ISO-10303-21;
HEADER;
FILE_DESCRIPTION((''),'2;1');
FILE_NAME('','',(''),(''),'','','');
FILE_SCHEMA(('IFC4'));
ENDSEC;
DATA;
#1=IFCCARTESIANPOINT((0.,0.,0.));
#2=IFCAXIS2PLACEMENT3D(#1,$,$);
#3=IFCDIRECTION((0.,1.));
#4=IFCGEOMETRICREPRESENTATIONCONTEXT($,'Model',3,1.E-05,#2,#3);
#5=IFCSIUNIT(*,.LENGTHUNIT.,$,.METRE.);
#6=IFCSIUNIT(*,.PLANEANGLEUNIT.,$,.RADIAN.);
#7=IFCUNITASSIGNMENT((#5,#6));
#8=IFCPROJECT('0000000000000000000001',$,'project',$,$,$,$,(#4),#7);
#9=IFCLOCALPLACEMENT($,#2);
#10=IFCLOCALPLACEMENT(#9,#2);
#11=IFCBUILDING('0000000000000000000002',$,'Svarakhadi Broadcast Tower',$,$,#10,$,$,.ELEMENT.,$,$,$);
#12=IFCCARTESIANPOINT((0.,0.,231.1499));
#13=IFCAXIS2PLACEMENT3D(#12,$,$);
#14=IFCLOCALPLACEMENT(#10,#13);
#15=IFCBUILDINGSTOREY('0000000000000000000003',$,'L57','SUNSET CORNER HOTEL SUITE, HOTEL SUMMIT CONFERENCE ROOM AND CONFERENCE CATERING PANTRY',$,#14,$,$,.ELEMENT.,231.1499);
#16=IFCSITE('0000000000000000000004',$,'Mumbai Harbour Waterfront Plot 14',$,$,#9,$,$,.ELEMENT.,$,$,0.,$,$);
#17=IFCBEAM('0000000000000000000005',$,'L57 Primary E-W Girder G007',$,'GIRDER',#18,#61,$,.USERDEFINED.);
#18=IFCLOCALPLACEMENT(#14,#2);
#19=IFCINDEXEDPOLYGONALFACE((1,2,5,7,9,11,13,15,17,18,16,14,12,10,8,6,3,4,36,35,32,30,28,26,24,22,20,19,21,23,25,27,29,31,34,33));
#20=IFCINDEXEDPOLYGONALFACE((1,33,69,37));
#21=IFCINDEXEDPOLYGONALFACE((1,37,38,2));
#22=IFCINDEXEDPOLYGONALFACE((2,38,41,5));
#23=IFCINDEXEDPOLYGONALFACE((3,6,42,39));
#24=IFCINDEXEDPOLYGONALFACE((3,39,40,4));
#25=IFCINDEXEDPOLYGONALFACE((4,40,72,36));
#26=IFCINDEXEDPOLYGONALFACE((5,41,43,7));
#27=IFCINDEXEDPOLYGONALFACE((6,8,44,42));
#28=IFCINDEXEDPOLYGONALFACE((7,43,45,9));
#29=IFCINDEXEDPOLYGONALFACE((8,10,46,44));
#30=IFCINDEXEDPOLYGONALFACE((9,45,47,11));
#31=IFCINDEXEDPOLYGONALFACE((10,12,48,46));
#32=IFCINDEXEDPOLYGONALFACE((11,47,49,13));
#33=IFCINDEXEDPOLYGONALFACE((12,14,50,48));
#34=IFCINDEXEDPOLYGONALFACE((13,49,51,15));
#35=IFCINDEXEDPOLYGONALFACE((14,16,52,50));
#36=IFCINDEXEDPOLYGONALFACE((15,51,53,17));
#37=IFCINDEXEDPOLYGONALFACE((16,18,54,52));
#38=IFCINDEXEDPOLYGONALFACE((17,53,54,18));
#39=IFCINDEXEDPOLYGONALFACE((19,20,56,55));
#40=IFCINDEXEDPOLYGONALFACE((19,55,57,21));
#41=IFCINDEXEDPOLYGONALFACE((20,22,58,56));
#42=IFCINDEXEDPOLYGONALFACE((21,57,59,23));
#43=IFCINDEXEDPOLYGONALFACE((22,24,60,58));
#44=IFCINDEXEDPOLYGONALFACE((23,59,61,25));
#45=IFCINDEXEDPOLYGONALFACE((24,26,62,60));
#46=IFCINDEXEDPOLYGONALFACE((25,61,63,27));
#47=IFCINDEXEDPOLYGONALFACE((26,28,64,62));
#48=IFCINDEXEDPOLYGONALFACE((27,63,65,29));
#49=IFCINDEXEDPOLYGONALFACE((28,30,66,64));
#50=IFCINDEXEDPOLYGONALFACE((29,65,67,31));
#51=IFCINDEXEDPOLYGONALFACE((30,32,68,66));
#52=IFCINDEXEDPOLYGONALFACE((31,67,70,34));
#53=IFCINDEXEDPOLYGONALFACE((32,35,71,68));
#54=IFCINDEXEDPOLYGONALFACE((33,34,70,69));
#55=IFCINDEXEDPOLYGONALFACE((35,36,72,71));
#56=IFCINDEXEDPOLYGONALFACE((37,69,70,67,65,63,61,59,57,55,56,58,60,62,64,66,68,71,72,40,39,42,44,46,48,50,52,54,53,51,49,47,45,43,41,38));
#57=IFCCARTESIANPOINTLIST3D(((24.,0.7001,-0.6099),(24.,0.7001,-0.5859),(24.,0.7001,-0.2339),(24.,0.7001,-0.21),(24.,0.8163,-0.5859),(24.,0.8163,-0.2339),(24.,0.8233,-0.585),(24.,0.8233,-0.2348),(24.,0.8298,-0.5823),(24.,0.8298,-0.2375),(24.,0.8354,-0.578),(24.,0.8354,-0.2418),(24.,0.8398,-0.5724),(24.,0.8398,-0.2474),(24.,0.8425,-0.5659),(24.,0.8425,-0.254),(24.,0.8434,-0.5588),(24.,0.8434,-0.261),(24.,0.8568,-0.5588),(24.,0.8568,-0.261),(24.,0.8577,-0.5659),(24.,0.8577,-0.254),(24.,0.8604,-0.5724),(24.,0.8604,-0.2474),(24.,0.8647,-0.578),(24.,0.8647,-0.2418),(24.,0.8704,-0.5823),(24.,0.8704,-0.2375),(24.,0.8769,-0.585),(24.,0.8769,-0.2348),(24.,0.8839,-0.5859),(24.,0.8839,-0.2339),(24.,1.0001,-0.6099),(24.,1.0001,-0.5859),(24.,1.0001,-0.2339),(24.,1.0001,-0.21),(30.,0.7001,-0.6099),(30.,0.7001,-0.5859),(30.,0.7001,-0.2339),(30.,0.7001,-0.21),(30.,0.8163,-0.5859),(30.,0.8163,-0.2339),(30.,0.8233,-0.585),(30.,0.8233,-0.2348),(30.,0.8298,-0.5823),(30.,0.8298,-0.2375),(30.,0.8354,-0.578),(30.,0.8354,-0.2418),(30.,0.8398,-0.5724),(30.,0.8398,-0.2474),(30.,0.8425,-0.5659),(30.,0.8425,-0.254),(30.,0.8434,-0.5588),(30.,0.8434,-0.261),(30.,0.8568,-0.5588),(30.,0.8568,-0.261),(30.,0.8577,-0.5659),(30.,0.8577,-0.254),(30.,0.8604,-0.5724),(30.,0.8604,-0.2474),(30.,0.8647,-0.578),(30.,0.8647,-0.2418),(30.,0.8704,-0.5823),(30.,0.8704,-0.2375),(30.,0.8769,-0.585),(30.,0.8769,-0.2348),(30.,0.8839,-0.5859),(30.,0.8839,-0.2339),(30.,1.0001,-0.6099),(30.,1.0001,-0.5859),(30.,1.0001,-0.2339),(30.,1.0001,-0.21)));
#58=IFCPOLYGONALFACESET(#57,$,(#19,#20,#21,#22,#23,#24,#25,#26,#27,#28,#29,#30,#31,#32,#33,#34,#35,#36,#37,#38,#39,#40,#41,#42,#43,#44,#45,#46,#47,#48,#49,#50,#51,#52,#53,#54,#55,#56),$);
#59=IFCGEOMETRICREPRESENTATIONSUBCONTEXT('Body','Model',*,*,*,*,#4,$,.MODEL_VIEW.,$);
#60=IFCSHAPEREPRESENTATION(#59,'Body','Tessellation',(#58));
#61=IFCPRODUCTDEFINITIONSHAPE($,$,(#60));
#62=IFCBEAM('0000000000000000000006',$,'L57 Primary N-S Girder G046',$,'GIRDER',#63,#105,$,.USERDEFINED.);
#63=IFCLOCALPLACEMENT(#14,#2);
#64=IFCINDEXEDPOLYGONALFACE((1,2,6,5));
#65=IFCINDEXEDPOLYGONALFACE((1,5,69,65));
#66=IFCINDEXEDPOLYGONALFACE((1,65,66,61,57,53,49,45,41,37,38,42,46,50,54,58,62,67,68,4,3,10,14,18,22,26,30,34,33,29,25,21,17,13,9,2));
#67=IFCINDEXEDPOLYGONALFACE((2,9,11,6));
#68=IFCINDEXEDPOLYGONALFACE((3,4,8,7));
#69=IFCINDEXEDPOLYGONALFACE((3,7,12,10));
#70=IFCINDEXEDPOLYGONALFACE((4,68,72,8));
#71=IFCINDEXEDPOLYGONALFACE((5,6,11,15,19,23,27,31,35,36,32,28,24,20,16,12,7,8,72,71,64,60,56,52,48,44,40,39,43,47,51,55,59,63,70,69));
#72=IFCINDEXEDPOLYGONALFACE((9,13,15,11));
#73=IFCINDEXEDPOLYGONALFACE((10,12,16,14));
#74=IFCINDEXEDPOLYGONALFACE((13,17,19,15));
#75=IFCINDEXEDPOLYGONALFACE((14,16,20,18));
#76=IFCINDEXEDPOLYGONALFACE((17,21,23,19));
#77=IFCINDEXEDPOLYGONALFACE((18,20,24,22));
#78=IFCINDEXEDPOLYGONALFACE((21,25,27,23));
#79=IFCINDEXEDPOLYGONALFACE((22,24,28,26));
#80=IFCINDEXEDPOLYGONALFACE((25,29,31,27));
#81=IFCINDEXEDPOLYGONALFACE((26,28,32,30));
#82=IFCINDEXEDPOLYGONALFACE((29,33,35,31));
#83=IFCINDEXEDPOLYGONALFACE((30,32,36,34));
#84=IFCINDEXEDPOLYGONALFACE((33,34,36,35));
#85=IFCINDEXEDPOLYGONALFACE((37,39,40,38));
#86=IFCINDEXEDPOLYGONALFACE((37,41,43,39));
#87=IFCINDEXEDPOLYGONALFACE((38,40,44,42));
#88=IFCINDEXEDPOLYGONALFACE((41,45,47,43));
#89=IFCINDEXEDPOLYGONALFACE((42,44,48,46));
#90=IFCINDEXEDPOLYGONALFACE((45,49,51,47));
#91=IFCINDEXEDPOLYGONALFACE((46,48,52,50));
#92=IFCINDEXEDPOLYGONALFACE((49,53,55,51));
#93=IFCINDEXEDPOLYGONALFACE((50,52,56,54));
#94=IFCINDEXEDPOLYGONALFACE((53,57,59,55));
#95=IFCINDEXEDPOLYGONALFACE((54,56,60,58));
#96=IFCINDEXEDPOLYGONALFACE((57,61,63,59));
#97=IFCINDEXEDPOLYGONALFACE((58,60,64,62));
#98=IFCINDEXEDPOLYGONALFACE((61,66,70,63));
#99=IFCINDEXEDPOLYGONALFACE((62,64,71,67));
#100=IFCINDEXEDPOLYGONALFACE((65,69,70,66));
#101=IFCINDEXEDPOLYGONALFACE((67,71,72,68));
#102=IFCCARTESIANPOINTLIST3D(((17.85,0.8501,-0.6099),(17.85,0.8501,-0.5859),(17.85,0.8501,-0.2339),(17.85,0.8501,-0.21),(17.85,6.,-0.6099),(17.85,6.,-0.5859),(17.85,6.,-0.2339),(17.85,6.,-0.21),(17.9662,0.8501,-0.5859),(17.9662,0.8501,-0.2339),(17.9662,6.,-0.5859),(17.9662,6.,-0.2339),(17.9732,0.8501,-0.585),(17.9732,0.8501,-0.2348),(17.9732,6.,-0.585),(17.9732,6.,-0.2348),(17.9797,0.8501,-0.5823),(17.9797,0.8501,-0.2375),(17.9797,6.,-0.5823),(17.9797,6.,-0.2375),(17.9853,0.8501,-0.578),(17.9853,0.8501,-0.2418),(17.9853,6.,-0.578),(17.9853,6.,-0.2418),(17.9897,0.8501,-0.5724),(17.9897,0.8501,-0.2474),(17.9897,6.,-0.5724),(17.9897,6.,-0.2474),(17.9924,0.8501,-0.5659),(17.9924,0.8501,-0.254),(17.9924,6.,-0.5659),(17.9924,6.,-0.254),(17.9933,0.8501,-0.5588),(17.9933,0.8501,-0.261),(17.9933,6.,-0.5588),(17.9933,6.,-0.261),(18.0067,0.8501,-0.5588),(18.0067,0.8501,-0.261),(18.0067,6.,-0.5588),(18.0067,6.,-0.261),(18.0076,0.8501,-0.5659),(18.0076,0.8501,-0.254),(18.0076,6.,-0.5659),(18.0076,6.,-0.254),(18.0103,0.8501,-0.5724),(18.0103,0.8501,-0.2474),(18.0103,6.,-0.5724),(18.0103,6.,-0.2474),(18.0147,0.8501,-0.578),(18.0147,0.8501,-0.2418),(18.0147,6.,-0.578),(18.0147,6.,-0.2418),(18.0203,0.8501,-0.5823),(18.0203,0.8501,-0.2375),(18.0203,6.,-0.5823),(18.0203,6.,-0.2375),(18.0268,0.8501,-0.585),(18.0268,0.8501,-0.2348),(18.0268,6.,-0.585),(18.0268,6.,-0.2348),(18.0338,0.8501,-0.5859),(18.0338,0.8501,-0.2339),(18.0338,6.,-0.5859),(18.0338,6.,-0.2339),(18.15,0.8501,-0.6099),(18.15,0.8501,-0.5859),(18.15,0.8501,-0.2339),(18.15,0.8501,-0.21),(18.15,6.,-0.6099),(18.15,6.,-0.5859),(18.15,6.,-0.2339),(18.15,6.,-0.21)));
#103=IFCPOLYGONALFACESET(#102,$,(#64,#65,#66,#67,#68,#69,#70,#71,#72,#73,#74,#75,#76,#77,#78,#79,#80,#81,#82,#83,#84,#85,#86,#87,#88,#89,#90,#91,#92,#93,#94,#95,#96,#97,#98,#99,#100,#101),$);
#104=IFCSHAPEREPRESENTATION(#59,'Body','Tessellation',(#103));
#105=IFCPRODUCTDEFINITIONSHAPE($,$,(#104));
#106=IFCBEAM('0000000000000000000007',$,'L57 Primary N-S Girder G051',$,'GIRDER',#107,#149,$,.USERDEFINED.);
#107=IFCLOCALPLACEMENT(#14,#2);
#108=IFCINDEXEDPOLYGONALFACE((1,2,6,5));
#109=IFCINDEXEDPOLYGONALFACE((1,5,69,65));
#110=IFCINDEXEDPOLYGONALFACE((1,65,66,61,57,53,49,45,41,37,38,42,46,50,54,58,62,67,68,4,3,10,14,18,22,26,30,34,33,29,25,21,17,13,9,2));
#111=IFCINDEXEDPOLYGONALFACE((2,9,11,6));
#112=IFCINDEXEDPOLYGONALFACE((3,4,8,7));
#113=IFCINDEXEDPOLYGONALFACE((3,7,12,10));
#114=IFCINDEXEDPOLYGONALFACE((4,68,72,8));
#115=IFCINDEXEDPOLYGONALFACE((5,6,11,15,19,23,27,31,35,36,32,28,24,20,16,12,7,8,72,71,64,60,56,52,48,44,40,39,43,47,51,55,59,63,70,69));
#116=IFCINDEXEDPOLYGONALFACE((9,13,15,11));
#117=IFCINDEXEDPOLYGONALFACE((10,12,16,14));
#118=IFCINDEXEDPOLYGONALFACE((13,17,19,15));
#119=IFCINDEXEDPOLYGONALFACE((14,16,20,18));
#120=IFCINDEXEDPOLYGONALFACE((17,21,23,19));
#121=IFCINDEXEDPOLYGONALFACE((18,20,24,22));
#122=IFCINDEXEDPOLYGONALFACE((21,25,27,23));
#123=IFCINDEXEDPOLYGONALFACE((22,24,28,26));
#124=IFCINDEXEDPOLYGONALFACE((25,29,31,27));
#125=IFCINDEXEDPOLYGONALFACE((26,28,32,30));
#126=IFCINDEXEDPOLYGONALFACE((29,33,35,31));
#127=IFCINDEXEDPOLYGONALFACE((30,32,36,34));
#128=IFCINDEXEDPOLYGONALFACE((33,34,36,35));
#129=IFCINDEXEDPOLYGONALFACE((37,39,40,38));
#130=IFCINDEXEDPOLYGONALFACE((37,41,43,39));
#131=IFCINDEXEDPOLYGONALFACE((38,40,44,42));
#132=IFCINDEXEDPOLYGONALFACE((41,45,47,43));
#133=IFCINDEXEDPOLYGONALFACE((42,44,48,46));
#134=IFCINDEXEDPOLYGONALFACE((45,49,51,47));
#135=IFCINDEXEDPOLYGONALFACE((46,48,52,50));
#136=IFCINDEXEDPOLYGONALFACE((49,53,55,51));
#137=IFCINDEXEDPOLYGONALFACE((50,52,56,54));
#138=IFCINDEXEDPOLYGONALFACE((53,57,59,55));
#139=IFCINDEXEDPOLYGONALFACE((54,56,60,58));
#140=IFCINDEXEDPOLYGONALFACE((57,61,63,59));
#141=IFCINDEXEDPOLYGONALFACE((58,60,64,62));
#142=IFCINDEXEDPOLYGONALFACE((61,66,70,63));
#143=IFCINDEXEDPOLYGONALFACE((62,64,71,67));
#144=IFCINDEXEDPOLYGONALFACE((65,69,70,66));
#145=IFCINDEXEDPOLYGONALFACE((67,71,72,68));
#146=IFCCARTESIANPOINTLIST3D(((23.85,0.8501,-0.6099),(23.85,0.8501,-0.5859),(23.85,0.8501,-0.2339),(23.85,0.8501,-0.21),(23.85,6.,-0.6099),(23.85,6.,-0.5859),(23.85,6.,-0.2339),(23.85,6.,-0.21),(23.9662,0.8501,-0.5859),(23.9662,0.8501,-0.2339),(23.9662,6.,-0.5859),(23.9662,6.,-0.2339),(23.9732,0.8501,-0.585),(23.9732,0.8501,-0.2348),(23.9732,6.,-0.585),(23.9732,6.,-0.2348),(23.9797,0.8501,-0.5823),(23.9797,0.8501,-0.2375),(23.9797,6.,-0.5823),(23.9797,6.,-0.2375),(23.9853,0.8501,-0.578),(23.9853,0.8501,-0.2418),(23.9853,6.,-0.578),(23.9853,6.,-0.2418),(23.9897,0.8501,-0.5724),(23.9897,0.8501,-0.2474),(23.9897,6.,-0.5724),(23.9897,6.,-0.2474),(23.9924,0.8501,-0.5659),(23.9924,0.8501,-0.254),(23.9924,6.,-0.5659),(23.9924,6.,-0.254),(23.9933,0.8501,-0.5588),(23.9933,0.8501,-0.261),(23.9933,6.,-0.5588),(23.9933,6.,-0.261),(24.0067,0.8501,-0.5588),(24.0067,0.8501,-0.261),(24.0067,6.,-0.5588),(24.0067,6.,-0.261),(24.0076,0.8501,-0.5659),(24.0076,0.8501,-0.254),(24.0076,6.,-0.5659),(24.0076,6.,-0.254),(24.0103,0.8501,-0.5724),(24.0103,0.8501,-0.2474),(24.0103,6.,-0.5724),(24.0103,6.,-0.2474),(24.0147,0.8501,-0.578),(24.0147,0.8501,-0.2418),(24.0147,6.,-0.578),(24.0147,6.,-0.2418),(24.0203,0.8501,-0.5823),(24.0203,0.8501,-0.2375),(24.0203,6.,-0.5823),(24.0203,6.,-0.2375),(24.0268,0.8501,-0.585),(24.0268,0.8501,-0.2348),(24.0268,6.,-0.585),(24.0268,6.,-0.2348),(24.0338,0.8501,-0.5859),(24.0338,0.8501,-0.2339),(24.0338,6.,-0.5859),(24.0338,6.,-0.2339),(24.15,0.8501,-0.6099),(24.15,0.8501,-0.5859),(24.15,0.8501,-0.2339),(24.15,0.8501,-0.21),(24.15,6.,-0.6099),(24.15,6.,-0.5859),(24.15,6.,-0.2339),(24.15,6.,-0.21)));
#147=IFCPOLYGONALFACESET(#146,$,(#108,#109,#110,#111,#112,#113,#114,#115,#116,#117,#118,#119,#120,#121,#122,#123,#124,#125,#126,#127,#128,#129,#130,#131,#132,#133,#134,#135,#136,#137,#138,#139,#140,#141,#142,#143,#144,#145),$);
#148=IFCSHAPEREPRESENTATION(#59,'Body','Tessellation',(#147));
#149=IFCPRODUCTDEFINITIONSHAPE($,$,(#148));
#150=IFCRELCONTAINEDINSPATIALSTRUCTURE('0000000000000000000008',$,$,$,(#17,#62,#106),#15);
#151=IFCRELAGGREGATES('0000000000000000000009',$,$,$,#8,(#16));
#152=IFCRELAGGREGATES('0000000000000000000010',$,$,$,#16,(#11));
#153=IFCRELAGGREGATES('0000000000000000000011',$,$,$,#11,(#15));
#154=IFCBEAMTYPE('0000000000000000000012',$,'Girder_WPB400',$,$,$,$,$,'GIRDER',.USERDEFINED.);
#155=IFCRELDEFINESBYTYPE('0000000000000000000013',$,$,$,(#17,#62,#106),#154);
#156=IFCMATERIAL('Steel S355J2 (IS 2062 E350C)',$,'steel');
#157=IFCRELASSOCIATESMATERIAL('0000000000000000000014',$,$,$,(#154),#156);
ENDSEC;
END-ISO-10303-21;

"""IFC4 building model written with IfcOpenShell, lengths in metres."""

from ifc_helpers import new_model, si_unit, direction, frame, origin, origin_2d, place, context, subcontext, project, spatial, i_section, extrude, material, material_profile, profile_set, type_object, element, save


model = new_model("IFC4")

# Units and contexts
model_context = context("Model", 3, precision=1e-05, world=origin(), true_north=direction((0.0, 1.0)))
body_context = subcontext(model_context, "Body", "Model", "MODEL_VIEW")
ifc_project = project(units=[si_unit("LENGTHUNIT", "METRE"), si_unit("PLANEANGLEUNIT", "RADIAN")], contexts=[model_context])

# Site, building, storey
site_placement = place(None, origin())
site = spatial("IfcSite", under=ifc_project, at=site_placement, Name="Mumbai Harbour Waterfront Plot 14", CompositionType="ELEMENT", RefElevation=0.0)
building_placement = place(site_placement, origin())
building = spatial("IfcBuilding", under=site, at=building_placement, Name="Svarakhadi Broadcast Tower", CompositionType="ELEMENT")
storey_placement = place(building_placement, frame((0.0, 0.0, 231.1499)))
storey = spatial("IfcBuildingStorey", under=building, at=storey_placement, Name="L57", Description="SUNSET CORNER HOTEL SUITE, HOTEL SUMMIT CONFERENCE ROOM AND CONFERENCE CATERING PANTRY", CompositionType="ELEMENT", Elevation=231.1499)

# Beams
ifc_material_1 = material(Name="Steel S355J2 (IS 2062 E350C)", Category="steel")
ifc_material_profile_1 = material_profile(ifc_material_1, i_section(OverallWidth=0.3, OverallDepth=0.3999, WebThickness=0.0134, FlangeThickness=0.0239, FilletRadius=0.0271, at=origin_2d()), Name="WPB 400x300x155")
ifc_profile_set_1 = profile_set([ifc_material_profile_1], Name="Steel S355J2 (IS 2062 E350C)")
beam_type_1 = type_object("IfcBeamType", Name="Girder_WPB400", ElementType="GIRDER", PredefinedType="USERDEFINED", material=ifc_profile_set_1)
for number, where, z_axis, x_axis, name in (
    (1, (24.0, 0.8501, -0.4099), (1.0, 0.0, 0.0), (0.0, 1.0, 0.0), "L57 Primary E-W Girder G007"),
):
    element("IfcBeam", number, at=place(storey_placement, frame(where, z_axis=z_axis, x_axis=x_axis)), inside=storey, type_object=beam_type_1, Name=name, ObjectType="GIRDER", PredefinedType="USERDEFINED", context=body_context, shape_type="SweptSolid", body=[
        extrude(i_section(OverallWidth=0.3, OverallDepth=0.3999, WebThickness=0.0134, FlangeThickness=0.0239, FilletRadius=0.0271, at=origin_2d()), origin(), (0.0, 0.0, 1.0), 6.0),
    ])
for number, where, z_axis, x_axis, name in (
    (2, (18.0, 0.8501, -0.4099), (0.0, 1.0, 0.0), (-1.0, 0.0, 0.0), "L57 Primary N-S Girder G046"),
    (3, (24.0, 0.8501, -0.4099), (0.0, 1.0, 0.0), (-1.0, 0.0, 0.0), "L57 Primary N-S Girder G051"),
):
    element("IfcBeam", number, at=place(storey_placement, frame(where, z_axis=z_axis, x_axis=x_axis)), inside=storey, type_object=beam_type_1, Name=name, ObjectType="GIRDER", PredefinedType="USERDEFINED", context=body_context, shape_type="SweptSolid", body=[
        extrude(i_section(OverallWidth=0.3, OverallDepth=0.3999, WebThickness=0.0134, FlangeThickness=0.0239, FilletRadius=0.0271, at=origin_2d()), origin(), (0.0, 0.0, 1.0), 5.1499),
    ])

save(model, "model.ifc")
